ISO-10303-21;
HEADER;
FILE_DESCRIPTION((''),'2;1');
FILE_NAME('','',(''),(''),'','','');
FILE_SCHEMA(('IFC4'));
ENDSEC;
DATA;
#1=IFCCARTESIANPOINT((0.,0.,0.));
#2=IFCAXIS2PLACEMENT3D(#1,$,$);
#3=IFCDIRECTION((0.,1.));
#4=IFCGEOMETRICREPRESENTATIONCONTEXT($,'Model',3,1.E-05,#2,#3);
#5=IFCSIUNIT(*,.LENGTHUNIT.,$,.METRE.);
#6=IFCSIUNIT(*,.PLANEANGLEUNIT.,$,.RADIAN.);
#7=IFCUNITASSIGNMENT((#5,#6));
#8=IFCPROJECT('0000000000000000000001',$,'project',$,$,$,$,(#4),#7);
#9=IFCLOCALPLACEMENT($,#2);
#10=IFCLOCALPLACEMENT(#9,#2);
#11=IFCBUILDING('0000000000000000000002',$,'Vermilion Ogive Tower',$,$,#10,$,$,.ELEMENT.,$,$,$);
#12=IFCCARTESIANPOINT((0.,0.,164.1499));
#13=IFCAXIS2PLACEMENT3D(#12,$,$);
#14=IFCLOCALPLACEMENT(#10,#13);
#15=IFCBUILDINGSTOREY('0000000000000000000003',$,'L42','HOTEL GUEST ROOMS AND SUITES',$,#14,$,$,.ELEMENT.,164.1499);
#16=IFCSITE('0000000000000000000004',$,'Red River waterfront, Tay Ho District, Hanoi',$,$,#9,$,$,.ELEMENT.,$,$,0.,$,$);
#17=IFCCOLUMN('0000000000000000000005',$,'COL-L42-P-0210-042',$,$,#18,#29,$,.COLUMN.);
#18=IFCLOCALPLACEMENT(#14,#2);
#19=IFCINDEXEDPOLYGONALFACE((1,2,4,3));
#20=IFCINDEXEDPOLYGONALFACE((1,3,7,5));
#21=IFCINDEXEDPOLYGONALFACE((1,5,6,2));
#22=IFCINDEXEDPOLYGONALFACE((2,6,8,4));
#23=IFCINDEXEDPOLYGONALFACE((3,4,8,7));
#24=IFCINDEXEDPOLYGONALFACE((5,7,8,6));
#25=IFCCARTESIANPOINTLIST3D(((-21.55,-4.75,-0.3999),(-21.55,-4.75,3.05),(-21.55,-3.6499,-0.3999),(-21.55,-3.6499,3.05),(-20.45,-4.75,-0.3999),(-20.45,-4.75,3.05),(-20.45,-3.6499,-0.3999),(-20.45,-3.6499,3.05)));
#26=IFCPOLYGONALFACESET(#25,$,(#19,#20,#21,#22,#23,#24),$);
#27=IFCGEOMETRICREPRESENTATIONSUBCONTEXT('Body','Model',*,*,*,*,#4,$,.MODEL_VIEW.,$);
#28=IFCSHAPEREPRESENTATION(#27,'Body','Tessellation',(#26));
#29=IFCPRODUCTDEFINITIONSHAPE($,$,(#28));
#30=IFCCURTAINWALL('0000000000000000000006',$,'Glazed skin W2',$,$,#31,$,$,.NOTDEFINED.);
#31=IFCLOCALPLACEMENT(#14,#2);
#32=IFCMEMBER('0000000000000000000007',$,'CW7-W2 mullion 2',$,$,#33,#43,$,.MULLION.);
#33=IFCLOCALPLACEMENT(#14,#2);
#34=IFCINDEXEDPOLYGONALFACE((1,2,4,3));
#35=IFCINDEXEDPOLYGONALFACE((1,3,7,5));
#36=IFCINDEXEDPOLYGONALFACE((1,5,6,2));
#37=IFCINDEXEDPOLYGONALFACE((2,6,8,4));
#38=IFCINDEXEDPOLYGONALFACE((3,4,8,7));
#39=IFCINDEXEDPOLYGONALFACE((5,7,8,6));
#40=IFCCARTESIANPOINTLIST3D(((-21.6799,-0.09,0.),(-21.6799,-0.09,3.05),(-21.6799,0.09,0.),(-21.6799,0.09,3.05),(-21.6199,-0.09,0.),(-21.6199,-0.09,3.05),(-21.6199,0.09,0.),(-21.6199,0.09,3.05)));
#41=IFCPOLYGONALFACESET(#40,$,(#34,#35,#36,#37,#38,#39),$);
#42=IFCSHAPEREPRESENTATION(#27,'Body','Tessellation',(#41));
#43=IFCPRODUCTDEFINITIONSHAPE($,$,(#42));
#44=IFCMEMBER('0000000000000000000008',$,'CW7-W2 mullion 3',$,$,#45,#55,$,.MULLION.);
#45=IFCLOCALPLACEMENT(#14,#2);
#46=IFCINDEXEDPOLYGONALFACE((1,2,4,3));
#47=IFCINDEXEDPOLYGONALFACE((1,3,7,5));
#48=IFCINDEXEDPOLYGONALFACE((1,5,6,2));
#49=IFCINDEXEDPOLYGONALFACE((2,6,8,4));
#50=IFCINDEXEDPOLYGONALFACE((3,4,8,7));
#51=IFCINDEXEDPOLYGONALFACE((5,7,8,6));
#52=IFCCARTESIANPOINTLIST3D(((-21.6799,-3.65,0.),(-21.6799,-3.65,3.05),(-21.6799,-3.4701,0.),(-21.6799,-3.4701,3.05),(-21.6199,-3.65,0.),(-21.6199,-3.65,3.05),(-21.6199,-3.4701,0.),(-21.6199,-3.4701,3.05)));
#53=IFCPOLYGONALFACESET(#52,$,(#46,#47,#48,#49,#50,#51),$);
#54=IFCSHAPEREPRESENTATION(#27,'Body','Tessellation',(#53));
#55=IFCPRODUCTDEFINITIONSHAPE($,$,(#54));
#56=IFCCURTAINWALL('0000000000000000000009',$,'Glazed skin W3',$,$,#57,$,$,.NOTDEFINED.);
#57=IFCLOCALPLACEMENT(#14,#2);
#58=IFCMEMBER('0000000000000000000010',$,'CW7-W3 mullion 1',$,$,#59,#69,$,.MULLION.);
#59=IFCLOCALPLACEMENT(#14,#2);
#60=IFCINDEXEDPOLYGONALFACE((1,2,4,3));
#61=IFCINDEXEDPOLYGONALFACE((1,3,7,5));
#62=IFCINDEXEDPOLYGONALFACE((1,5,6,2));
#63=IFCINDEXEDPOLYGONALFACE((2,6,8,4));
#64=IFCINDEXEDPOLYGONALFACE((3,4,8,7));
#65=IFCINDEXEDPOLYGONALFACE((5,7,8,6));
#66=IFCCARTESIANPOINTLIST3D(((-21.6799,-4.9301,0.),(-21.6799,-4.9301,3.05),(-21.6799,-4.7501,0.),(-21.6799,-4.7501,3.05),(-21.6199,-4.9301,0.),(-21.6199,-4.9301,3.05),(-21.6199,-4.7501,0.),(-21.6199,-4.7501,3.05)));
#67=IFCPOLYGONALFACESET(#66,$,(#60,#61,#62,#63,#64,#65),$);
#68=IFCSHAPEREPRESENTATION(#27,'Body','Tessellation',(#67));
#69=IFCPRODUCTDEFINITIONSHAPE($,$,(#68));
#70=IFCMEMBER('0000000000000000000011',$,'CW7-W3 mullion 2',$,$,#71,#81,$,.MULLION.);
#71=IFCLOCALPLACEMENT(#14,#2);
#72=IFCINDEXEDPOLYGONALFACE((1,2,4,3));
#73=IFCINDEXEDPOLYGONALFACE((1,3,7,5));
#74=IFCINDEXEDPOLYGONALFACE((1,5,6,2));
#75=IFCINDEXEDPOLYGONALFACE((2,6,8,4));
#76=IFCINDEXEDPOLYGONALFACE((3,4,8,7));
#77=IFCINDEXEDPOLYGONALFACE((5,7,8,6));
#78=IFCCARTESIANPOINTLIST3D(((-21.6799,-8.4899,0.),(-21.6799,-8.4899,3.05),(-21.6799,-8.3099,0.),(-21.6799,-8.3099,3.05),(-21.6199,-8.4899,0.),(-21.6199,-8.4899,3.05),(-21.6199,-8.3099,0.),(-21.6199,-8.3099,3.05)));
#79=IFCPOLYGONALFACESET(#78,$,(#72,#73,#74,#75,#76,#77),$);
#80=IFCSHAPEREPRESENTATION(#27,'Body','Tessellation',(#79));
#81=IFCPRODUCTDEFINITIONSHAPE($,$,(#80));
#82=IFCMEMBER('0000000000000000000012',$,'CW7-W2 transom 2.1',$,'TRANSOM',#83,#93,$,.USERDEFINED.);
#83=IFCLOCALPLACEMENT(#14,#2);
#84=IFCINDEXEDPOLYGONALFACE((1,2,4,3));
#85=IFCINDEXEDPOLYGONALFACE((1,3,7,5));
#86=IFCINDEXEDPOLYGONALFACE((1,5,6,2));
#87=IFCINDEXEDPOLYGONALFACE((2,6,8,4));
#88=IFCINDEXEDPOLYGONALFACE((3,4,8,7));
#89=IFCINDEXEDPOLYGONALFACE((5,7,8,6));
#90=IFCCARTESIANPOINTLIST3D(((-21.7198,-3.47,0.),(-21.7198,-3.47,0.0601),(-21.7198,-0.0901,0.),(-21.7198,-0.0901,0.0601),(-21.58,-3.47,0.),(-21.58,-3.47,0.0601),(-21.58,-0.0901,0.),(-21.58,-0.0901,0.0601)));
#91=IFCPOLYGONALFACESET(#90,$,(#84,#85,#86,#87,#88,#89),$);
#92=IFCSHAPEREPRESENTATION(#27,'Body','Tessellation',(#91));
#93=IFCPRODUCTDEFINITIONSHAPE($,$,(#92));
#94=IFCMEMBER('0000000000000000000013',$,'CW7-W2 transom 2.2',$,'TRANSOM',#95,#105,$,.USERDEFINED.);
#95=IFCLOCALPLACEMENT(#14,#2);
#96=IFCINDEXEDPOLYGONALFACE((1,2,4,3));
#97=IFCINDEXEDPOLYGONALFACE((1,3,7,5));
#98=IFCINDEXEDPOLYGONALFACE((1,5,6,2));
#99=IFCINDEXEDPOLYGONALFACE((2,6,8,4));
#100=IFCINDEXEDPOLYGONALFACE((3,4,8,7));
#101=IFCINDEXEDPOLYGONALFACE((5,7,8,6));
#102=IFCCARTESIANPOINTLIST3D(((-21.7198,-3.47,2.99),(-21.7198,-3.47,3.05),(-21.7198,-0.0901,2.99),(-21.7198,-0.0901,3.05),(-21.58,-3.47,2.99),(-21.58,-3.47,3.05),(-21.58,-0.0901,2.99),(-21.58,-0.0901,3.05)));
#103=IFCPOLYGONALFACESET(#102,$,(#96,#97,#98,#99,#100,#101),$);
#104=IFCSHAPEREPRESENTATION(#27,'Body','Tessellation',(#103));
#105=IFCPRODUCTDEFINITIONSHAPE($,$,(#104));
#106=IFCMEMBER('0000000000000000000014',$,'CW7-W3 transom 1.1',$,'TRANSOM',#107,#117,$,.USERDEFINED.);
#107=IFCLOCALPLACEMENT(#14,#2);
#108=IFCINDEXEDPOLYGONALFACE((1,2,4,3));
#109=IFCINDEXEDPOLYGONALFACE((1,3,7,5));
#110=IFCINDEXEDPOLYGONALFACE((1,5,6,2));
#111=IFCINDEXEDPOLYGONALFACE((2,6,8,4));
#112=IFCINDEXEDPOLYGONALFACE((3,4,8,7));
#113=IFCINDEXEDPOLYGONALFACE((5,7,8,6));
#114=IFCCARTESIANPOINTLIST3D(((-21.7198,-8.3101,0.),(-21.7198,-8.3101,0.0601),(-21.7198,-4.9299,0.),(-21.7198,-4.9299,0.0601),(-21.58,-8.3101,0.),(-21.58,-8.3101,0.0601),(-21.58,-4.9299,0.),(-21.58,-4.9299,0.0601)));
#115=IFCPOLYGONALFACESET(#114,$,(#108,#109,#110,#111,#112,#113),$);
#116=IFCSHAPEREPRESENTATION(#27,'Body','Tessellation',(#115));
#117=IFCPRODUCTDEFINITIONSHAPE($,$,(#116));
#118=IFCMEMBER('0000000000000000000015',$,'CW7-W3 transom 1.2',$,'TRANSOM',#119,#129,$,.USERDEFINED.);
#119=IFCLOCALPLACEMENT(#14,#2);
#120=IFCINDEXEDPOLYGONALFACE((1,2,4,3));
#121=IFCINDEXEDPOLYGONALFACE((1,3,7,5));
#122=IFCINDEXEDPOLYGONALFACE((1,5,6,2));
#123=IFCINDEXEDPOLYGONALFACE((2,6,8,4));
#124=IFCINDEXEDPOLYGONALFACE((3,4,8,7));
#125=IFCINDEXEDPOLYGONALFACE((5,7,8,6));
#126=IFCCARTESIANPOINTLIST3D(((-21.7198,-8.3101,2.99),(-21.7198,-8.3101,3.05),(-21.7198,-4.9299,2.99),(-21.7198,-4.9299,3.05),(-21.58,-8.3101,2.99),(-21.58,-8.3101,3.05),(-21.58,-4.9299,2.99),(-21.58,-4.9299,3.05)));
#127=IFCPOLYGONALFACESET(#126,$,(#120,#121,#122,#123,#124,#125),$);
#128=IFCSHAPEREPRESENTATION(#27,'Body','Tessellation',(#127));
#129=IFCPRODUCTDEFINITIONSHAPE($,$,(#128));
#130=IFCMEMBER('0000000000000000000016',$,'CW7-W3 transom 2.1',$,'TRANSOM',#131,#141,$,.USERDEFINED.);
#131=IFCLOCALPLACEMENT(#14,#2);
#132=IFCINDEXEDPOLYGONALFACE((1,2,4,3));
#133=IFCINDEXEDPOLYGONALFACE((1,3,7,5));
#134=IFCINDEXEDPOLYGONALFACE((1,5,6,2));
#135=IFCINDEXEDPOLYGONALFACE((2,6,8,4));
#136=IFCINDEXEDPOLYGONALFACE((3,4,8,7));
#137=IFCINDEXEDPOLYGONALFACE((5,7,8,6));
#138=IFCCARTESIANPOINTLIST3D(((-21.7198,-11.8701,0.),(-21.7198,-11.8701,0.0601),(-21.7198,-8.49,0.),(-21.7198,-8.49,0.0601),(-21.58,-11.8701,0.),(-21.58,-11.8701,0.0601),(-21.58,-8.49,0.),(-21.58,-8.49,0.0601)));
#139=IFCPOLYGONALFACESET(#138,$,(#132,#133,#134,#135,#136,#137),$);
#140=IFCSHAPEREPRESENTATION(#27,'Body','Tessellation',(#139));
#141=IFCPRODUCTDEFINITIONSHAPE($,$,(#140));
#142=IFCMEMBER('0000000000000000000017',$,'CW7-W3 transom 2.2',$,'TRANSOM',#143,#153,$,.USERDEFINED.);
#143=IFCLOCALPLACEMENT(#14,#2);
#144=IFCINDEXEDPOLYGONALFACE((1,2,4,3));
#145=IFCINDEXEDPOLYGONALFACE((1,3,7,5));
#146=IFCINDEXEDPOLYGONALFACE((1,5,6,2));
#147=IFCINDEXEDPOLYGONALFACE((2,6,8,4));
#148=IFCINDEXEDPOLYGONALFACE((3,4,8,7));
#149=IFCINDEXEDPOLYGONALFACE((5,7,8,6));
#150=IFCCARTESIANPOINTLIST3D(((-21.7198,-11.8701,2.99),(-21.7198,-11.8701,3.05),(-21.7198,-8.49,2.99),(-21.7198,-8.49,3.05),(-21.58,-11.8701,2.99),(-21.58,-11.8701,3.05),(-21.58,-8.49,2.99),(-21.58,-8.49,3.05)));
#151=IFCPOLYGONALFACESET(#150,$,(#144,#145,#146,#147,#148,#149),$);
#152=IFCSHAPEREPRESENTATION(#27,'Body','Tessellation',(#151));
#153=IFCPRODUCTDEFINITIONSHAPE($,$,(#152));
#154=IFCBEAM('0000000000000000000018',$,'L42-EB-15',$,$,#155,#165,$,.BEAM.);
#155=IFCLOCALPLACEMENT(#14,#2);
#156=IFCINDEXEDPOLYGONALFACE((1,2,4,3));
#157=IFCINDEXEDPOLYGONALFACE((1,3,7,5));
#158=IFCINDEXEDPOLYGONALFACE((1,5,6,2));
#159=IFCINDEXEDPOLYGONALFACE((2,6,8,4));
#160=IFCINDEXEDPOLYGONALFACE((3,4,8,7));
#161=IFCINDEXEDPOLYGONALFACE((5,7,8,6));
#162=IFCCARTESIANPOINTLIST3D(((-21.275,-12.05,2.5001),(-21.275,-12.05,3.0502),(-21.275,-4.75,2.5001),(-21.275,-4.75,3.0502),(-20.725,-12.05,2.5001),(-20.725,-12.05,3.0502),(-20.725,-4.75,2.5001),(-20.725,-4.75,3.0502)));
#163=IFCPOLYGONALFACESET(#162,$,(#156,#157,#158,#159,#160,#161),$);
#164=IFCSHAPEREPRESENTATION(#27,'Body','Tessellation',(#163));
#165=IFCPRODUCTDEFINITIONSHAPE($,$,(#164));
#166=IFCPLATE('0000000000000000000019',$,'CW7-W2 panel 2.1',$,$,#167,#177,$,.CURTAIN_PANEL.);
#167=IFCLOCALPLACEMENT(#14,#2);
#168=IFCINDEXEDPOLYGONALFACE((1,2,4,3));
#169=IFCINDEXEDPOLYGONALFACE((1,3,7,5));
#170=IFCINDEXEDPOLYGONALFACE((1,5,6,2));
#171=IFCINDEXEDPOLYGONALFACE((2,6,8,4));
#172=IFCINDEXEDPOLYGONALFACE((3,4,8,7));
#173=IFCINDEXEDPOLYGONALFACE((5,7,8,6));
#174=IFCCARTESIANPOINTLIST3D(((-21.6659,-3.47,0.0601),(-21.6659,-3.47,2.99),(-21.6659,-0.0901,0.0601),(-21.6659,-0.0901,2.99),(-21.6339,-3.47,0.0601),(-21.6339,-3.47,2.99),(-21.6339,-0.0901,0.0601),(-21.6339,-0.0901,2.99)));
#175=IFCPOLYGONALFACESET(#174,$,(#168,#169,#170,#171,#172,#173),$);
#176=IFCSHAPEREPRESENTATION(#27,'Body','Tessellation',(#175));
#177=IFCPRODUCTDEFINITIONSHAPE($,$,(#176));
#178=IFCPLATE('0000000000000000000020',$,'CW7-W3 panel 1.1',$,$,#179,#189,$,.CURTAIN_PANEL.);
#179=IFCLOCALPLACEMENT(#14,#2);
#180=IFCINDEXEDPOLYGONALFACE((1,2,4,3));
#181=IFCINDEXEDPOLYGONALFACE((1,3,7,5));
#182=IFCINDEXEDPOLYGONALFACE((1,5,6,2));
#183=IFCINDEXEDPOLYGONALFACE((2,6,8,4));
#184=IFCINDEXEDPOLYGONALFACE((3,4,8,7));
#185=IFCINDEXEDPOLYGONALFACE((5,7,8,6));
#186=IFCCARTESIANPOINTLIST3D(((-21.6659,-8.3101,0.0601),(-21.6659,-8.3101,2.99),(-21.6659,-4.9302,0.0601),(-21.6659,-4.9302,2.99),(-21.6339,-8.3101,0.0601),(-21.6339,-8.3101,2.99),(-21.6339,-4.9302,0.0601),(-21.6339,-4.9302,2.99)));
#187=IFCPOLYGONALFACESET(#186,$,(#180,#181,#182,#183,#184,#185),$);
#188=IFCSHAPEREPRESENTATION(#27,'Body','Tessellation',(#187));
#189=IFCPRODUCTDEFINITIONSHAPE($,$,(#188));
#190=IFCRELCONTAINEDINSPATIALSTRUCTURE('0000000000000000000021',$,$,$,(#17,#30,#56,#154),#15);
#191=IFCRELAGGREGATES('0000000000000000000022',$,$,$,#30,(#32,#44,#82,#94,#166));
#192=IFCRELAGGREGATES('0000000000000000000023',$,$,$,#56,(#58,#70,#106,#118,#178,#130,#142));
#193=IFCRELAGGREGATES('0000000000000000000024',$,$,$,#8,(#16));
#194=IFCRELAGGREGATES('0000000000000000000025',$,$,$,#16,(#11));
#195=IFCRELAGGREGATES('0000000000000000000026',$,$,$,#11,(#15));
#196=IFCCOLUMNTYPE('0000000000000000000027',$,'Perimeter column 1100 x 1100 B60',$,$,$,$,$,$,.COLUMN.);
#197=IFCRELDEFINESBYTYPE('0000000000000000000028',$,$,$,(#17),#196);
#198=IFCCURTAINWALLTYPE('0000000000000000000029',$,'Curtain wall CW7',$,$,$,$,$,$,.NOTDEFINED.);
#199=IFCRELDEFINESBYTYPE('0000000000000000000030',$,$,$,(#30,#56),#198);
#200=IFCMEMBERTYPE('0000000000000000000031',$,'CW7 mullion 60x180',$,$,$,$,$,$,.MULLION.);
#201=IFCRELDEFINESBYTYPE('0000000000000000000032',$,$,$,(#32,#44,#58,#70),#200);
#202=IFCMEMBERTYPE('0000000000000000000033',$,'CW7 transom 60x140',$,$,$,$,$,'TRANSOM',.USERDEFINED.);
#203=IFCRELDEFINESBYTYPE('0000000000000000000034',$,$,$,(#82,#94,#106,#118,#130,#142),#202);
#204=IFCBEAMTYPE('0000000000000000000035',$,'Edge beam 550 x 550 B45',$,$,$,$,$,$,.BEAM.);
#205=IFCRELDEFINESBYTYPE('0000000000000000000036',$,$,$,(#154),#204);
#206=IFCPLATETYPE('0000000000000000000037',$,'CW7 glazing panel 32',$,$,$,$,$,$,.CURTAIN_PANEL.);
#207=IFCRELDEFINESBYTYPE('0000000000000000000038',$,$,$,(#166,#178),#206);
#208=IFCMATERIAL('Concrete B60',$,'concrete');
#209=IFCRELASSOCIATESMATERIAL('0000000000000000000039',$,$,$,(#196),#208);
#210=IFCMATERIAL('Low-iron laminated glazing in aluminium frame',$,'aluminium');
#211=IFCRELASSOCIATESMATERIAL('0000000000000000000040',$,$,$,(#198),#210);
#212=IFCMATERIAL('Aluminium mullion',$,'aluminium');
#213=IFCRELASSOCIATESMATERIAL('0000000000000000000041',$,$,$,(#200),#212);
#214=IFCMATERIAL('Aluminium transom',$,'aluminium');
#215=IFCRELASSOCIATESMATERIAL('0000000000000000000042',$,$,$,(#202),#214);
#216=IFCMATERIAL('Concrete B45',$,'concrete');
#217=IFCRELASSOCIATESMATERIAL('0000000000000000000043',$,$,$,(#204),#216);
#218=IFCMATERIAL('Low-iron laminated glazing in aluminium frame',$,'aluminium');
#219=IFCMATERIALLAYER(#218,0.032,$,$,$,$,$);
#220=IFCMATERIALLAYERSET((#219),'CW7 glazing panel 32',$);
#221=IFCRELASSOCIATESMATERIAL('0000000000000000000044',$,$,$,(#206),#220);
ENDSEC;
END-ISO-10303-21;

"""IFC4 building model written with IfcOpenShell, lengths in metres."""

from ifc_helpers import new_model, si_unit, direction, frame, origin, origin_2d, place, context, subcontext, project, spatial, rectangle, extrude, material, layer, layer_set, material_profile, profile_set, type_object, element, aggregate, save


model = new_model("IFC4")

# Units and contexts
model_context = context("Model", 3, precision=1e-05, world=origin(), true_north=direction((0.0, 1.0)))
body_context = subcontext(model_context, "Body", "Model", "MODEL_VIEW")
ifc_project = project(units=[si_unit("LENGTHUNIT", "METRE"), si_unit("PLANEANGLEUNIT", "RADIAN")], contexts=[model_context])

# Site, building, storey
site_placement = place(None, origin())
site = spatial("IfcSite", under=ifc_project, at=site_placement, Name="Red River waterfront, Tay Ho District, Hanoi", CompositionType="ELEMENT", RefElevation=0.0)
building_placement = place(site_placement, origin())
building = spatial("IfcBuilding", under=site, at=building_placement, Name="Vermilion Ogive Tower", CompositionType="ELEMENT")
storey_placement = place(building_placement, frame((0.0, 0.0, 164.1499)))
storey = spatial("IfcBuildingStorey", under=building, at=storey_placement, Name="L42", Description="HOTEL GUEST ROOMS AND SUITES", CompositionType="ELEMENT", Elevation=164.1499)

# Column
ifc_material_1 = material(Name="Concrete B60", Category="concrete")
ifc_material_profile_1 = material_profile(ifc_material_1, rectangle(XDim=1.1001, YDim=1.1001, at=origin_2d()), Name="1100 x 1100")
ifc_profile_set_1 = profile_set([ifc_material_profile_1], Name="Concrete B60")
column_type = type_object("IfcColumnType", Name="Perimeter column 1100 x 1100 B60", PredefinedType="COLUMN", material=ifc_profile_set_1)
column_placement = place(storey_placement, frame((-21.0, -4.2, -0.3999), z_axis=(0.0, 0.0, 1.0), x_axis=(1.0, 0.0, 0.0)))
element("IfcColumn", 1, at=column_placement, inside=storey, type_object=column_type, Name="COL-L42-P-0210-042", PredefinedType="COLUMN", context=body_context, shape_type="SweptSolid", body=[
    extrude(rectangle(XDim=1.1001, YDim=1.1001, at=origin_2d()), origin(), (0.0, 0.0, 1.0), 3.45),
])

# Curtain walls, members
ifc_material_2 = material(Name="Low-iron laminated glazing in aluminium frame", Category="aluminium")
curtain_wall_type = type_object("IfcCurtainWallType", Name="Curtain wall CW7", PredefinedType="NOTDEFINED", material=ifc_material_2)
curtain_wall_1_placement = place(storey_placement, origin())
curtain_wall_1 = element("IfcCurtainWall", 2, at=curtain_wall_1_placement, inside=storey, type_object=curtain_wall_type, Name="Glazed skin W2", PredefinedType="NOTDEFINED")
ifc_material_3 = material(Name="Aluminium mullion", Category="aluminium")
ifc_material_profile_2 = material_profile(ifc_material_3, rectangle(XDim=0.0601, YDim=0.1799, at=origin_2d()), Name="AL 60x180")
ifc_profile_set_2 = profile_set([ifc_material_profile_2], Name="Aluminium mullion")
member_type_1 = type_object("IfcMemberType", Name="CW7 mullion 60x180", PredefinedType="MULLION", material=ifc_profile_set_2)
member_1_placement = place(storey_placement, frame((-21.6499, 0.0, 0.0), z_axis=(0.0, 0.0, 1.0), x_axis=(1.0, 0.0, 0.0)))
member_1 = element("IfcMember", 3, at=member_1_placement, type_object=member_type_1, Name="CW7-W2 mullion 2", PredefinedType="MULLION", context=body_context, shape_type="SweptSolid", body=[
    extrude(rectangle(XDim=0.0601, YDim=0.1799, at=origin_2d()), origin(), (0.0, 0.0, 1.0), 3.05),
])
member_2_placement = place(storey_placement, frame((-21.6499, -3.5601, 0.0), z_axis=(0.0, 0.0, 1.0), x_axis=(1.0, 0.0, 0.0)))
member_2 = element("IfcMember", 4, at=member_2_placement, type_object=member_type_1, Name="CW7-W2 mullion 3", PredefinedType="MULLION", context=body_context, shape_type="SweptSolid", body=[
    extrude(rectangle(XDim=0.0601, YDim=0.1799, at=origin_2d()), origin(), (0.0, 0.0, 1.0), 3.05),
])
curtain_wall_2_placement = place(storey_placement, origin())
curtain_wall_2 = element("IfcCurtainWall", 5, at=curtain_wall_2_placement, inside=storey, type_object=curtain_wall_type, Name="Glazed skin W3", PredefinedType="NOTDEFINED")
member_3_placement = place(storey_placement, frame((-21.6499, -4.8401, 0.0), z_axis=(0.0, 0.0, 1.0), x_axis=(1.0, 0.0, 0.0)))
member_3 = element("IfcMember", 6, at=member_3_placement, type_object=member_type_1, Name="CW7-W3 mullion 1", PredefinedType="MULLION", context=body_context, shape_type="SweptSolid", body=[
    extrude(rectangle(XDim=0.0601, YDim=0.1799, at=origin_2d()), origin(), (0.0, 0.0, 1.0), 3.05),
])
member_4_placement = place(storey_placement, frame((-21.6499, -8.3999, 0.0), z_axis=(0.0, 0.0, 1.0), x_axis=(1.0, 0.0, 0.0)))
member_4 = element("IfcMember", 7, at=member_4_placement, type_object=member_type_1, Name="CW7-W3 mullion 2", PredefinedType="MULLION", context=body_context, shape_type="SweptSolid", body=[
    extrude(rectangle(XDim=0.0601, YDim=0.1799, at=origin_2d()), origin(), (0.0, 0.0, 1.0), 3.05),
])

# Members
ifc_material_4 = material(Name="Aluminium transom", Category="aluminium")
ifc_material_profile_3 = material_profile(ifc_material_4, rectangle(XDim=0.1399, YDim=0.0601, at=origin_2d()), Name="AL 60x140")
ifc_profile_set_3 = profile_set([ifc_material_profile_3], Name="Aluminium transom")
member_type_2 = type_object("IfcMemberType", Name="CW7 transom 60x140", ElementType="TRANSOM", PredefinedType="USERDEFINED", material=ifc_profile_set_3)
member_5_placement = place(storey_placement, frame((-21.6499, -0.0901, 0.03), z_axis=(0.0, -1.0, 0.0), x_axis=(1.0, 0.0, 0.0)))
member_5 = element("IfcMember", 8, at=member_5_placement, type_object=member_type_2, Name="CW7-W2 transom 2.1", ObjectType="TRANSOM", PredefinedType="USERDEFINED", context=body_context, shape_type="SweptSolid", body=[
    extrude(rectangle(XDim=0.1399, YDim=0.0601, at=origin_2d()), origin(), (0.0, 0.0, 1.0), 3.3799),
])
member_6_placement = place(storey_placement, frame((-21.6499, -0.0901, 3.02), z_axis=(0.0, -1.0, 0.0), x_axis=(1.0, 0.0, 0.0)))
member_6 = element("IfcMember", 9, at=member_6_placement, type_object=member_type_2, Name="CW7-W2 transom 2.2", ObjectType="TRANSOM", PredefinedType="USERDEFINED", context=body_context, shape_type="SweptSolid", body=[
    extrude(rectangle(XDim=0.1399, YDim=0.0601, at=origin_2d()), origin(), (0.0, 0.0, 1.0), 3.3799),
])
member_7_placement = place(storey_placement, frame((-21.6499, -4.9299, 0.03), z_axis=(0.0, -1.0, 0.0), x_axis=(1.0, 0.0, 0.0)))
member_7 = element("IfcMember", 10, at=member_7_placement, type_object=member_type_2, Name="CW7-W3 transom 1.1", ObjectType="TRANSOM", PredefinedType="USERDEFINED", context=body_context, shape_type="SweptSolid", body=[
    extrude(rectangle(XDim=0.1399, YDim=0.0601, at=origin_2d()), origin(), (0.0, 0.0, 1.0), 3.3801),
])
member_8_placement = place(storey_placement, frame((-21.6499, -4.9299, 3.02), z_axis=(0.0, -1.0, 0.0), x_axis=(1.0, 0.0, 0.0)))
member_8 = element("IfcMember", 11, at=member_8_placement, type_object=member_type_2, Name="CW7-W3 transom 1.2", ObjectType="TRANSOM", PredefinedType="USERDEFINED", context=body_context, shape_type="SweptSolid", body=[
    extrude(rectangle(XDim=0.1399, YDim=0.0601, at=origin_2d()), origin(), (0.0, 0.0, 1.0), 3.3801),
])
member_9_placement = place(storey_placement, frame((-21.6499, -8.49, 0.03), z_axis=(0.0, -1.0, 0.0), x_axis=(1.0, 0.0, 0.0)))
member_9 = element("IfcMember", 12, at=member_9_placement, type_object=member_type_2, Name="CW7-W3 transom 2.1", ObjectType="TRANSOM", PredefinedType="USERDEFINED", context=body_context, shape_type="SweptSolid", body=[
    extrude(rectangle(XDim=0.1399, YDim=0.0601, at=origin_2d()), origin(), (0.0, 0.0, 1.0), 3.3801),
])
member_10_placement = place(storey_placement, frame((-21.6499, -8.49, 3.02), z_axis=(0.0, -1.0, 0.0), x_axis=(1.0, 0.0, 0.0)))
member_10 = element("IfcMember", 13, at=member_10_placement, type_object=member_type_2, Name="CW7-W3 transom 2.2", ObjectType="TRANSOM", PredefinedType="USERDEFINED", context=body_context, shape_type="SweptSolid", body=[
    extrude(rectangle(XDim=0.1399, YDim=0.0601, at=origin_2d()), origin(), (0.0, 0.0, 1.0), 3.3801),
])

# Beam
ifc_material_5 = material(Name="Concrete B45", Category="concrete")
ifc_material_profile_4 = material_profile(ifc_material_5, rectangle(XDim=0.55, YDim=0.55, at=origin_2d()), Name="550 x 550")
ifc_profile_set_4 = profile_set([ifc_material_profile_4], Name="Concrete B45")
beam_type = type_object("IfcBeamType", Name="Edge beam 550 x 550 B45", PredefinedType="BEAM", material=ifc_profile_set_4)
beam_placement = place(storey_placement, frame((-21.0, -4.75, 2.7751), z_axis=(0.0, -1.0, 0.0), x_axis=(1.0, 0.0, 0.0)))
element("IfcBeam", 14, at=beam_placement, inside=storey, type_object=beam_type, Name="L42-EB-15", PredefinedType="BEAM", context=body_context, shape_type="SweptSolid", body=[
    extrude(rectangle(XDim=0.55, YDim=0.55, at=origin_2d()), origin(), (0.0, 0.0, 1.0), 7.3),
])

# Plates
ifc_material_6 = material(Name="Low-iron laminated glazing in aluminium frame", Category="aluminium")
ifc_layer_1 = layer(ifc_material_6, 0.032)
ifc_layer_set_1 = layer_set([ifc_layer_1], Name="CW7 glazing panel 32")
plate_type = type_object("IfcPlateType", Name="CW7 glazing panel 32", PredefinedType="CURTAIN_PANEL", material=ifc_layer_set_1)
plate_1_placement = place(storey_placement, frame((-21.6499, -1.78, 0.0601), z_axis=(0.0, 0.0, 1.0), x_axis=(0.0, -1.0, 0.0)))
plate_1 = element("IfcPlate", 15, at=plate_1_placement, type_object=plate_type, Name="CW7-W2 panel 2.1", PredefinedType="CURTAIN_PANEL", context=body_context, shape_type="SweptSolid", body=[
    extrude(rectangle(XDim=3.3799, YDim=0.032, at=origin_2d()), origin(), (0.0, 0.0, 1.0), 2.9299),
])
aggregate(curtain_wall_1, [member_1, member_2, member_5, member_6, plate_1])
plate_2_placement = place(storey_placement, frame((-21.6499, -6.6201, 0.0601), z_axis=(0.0, 0.0, 1.0), x_axis=(0.0, -1.0, 0.0)))
plate_2 = element("IfcPlate", 16, at=plate_2_placement, type_object=plate_type, Name="CW7-W3 panel 1.1", PredefinedType="CURTAIN_PANEL", context=body_context, shape_type="SweptSolid", body=[
    extrude(rectangle(XDim=3.3799, YDim=0.032, at=origin_2d()), origin(), (0.0, 0.0, 1.0), 2.9299),
])
aggregate(curtain_wall_2, [member_3, member_4, member_7, member_8, plate_2, member_9, member_10])

save(model, "model.ifc")
